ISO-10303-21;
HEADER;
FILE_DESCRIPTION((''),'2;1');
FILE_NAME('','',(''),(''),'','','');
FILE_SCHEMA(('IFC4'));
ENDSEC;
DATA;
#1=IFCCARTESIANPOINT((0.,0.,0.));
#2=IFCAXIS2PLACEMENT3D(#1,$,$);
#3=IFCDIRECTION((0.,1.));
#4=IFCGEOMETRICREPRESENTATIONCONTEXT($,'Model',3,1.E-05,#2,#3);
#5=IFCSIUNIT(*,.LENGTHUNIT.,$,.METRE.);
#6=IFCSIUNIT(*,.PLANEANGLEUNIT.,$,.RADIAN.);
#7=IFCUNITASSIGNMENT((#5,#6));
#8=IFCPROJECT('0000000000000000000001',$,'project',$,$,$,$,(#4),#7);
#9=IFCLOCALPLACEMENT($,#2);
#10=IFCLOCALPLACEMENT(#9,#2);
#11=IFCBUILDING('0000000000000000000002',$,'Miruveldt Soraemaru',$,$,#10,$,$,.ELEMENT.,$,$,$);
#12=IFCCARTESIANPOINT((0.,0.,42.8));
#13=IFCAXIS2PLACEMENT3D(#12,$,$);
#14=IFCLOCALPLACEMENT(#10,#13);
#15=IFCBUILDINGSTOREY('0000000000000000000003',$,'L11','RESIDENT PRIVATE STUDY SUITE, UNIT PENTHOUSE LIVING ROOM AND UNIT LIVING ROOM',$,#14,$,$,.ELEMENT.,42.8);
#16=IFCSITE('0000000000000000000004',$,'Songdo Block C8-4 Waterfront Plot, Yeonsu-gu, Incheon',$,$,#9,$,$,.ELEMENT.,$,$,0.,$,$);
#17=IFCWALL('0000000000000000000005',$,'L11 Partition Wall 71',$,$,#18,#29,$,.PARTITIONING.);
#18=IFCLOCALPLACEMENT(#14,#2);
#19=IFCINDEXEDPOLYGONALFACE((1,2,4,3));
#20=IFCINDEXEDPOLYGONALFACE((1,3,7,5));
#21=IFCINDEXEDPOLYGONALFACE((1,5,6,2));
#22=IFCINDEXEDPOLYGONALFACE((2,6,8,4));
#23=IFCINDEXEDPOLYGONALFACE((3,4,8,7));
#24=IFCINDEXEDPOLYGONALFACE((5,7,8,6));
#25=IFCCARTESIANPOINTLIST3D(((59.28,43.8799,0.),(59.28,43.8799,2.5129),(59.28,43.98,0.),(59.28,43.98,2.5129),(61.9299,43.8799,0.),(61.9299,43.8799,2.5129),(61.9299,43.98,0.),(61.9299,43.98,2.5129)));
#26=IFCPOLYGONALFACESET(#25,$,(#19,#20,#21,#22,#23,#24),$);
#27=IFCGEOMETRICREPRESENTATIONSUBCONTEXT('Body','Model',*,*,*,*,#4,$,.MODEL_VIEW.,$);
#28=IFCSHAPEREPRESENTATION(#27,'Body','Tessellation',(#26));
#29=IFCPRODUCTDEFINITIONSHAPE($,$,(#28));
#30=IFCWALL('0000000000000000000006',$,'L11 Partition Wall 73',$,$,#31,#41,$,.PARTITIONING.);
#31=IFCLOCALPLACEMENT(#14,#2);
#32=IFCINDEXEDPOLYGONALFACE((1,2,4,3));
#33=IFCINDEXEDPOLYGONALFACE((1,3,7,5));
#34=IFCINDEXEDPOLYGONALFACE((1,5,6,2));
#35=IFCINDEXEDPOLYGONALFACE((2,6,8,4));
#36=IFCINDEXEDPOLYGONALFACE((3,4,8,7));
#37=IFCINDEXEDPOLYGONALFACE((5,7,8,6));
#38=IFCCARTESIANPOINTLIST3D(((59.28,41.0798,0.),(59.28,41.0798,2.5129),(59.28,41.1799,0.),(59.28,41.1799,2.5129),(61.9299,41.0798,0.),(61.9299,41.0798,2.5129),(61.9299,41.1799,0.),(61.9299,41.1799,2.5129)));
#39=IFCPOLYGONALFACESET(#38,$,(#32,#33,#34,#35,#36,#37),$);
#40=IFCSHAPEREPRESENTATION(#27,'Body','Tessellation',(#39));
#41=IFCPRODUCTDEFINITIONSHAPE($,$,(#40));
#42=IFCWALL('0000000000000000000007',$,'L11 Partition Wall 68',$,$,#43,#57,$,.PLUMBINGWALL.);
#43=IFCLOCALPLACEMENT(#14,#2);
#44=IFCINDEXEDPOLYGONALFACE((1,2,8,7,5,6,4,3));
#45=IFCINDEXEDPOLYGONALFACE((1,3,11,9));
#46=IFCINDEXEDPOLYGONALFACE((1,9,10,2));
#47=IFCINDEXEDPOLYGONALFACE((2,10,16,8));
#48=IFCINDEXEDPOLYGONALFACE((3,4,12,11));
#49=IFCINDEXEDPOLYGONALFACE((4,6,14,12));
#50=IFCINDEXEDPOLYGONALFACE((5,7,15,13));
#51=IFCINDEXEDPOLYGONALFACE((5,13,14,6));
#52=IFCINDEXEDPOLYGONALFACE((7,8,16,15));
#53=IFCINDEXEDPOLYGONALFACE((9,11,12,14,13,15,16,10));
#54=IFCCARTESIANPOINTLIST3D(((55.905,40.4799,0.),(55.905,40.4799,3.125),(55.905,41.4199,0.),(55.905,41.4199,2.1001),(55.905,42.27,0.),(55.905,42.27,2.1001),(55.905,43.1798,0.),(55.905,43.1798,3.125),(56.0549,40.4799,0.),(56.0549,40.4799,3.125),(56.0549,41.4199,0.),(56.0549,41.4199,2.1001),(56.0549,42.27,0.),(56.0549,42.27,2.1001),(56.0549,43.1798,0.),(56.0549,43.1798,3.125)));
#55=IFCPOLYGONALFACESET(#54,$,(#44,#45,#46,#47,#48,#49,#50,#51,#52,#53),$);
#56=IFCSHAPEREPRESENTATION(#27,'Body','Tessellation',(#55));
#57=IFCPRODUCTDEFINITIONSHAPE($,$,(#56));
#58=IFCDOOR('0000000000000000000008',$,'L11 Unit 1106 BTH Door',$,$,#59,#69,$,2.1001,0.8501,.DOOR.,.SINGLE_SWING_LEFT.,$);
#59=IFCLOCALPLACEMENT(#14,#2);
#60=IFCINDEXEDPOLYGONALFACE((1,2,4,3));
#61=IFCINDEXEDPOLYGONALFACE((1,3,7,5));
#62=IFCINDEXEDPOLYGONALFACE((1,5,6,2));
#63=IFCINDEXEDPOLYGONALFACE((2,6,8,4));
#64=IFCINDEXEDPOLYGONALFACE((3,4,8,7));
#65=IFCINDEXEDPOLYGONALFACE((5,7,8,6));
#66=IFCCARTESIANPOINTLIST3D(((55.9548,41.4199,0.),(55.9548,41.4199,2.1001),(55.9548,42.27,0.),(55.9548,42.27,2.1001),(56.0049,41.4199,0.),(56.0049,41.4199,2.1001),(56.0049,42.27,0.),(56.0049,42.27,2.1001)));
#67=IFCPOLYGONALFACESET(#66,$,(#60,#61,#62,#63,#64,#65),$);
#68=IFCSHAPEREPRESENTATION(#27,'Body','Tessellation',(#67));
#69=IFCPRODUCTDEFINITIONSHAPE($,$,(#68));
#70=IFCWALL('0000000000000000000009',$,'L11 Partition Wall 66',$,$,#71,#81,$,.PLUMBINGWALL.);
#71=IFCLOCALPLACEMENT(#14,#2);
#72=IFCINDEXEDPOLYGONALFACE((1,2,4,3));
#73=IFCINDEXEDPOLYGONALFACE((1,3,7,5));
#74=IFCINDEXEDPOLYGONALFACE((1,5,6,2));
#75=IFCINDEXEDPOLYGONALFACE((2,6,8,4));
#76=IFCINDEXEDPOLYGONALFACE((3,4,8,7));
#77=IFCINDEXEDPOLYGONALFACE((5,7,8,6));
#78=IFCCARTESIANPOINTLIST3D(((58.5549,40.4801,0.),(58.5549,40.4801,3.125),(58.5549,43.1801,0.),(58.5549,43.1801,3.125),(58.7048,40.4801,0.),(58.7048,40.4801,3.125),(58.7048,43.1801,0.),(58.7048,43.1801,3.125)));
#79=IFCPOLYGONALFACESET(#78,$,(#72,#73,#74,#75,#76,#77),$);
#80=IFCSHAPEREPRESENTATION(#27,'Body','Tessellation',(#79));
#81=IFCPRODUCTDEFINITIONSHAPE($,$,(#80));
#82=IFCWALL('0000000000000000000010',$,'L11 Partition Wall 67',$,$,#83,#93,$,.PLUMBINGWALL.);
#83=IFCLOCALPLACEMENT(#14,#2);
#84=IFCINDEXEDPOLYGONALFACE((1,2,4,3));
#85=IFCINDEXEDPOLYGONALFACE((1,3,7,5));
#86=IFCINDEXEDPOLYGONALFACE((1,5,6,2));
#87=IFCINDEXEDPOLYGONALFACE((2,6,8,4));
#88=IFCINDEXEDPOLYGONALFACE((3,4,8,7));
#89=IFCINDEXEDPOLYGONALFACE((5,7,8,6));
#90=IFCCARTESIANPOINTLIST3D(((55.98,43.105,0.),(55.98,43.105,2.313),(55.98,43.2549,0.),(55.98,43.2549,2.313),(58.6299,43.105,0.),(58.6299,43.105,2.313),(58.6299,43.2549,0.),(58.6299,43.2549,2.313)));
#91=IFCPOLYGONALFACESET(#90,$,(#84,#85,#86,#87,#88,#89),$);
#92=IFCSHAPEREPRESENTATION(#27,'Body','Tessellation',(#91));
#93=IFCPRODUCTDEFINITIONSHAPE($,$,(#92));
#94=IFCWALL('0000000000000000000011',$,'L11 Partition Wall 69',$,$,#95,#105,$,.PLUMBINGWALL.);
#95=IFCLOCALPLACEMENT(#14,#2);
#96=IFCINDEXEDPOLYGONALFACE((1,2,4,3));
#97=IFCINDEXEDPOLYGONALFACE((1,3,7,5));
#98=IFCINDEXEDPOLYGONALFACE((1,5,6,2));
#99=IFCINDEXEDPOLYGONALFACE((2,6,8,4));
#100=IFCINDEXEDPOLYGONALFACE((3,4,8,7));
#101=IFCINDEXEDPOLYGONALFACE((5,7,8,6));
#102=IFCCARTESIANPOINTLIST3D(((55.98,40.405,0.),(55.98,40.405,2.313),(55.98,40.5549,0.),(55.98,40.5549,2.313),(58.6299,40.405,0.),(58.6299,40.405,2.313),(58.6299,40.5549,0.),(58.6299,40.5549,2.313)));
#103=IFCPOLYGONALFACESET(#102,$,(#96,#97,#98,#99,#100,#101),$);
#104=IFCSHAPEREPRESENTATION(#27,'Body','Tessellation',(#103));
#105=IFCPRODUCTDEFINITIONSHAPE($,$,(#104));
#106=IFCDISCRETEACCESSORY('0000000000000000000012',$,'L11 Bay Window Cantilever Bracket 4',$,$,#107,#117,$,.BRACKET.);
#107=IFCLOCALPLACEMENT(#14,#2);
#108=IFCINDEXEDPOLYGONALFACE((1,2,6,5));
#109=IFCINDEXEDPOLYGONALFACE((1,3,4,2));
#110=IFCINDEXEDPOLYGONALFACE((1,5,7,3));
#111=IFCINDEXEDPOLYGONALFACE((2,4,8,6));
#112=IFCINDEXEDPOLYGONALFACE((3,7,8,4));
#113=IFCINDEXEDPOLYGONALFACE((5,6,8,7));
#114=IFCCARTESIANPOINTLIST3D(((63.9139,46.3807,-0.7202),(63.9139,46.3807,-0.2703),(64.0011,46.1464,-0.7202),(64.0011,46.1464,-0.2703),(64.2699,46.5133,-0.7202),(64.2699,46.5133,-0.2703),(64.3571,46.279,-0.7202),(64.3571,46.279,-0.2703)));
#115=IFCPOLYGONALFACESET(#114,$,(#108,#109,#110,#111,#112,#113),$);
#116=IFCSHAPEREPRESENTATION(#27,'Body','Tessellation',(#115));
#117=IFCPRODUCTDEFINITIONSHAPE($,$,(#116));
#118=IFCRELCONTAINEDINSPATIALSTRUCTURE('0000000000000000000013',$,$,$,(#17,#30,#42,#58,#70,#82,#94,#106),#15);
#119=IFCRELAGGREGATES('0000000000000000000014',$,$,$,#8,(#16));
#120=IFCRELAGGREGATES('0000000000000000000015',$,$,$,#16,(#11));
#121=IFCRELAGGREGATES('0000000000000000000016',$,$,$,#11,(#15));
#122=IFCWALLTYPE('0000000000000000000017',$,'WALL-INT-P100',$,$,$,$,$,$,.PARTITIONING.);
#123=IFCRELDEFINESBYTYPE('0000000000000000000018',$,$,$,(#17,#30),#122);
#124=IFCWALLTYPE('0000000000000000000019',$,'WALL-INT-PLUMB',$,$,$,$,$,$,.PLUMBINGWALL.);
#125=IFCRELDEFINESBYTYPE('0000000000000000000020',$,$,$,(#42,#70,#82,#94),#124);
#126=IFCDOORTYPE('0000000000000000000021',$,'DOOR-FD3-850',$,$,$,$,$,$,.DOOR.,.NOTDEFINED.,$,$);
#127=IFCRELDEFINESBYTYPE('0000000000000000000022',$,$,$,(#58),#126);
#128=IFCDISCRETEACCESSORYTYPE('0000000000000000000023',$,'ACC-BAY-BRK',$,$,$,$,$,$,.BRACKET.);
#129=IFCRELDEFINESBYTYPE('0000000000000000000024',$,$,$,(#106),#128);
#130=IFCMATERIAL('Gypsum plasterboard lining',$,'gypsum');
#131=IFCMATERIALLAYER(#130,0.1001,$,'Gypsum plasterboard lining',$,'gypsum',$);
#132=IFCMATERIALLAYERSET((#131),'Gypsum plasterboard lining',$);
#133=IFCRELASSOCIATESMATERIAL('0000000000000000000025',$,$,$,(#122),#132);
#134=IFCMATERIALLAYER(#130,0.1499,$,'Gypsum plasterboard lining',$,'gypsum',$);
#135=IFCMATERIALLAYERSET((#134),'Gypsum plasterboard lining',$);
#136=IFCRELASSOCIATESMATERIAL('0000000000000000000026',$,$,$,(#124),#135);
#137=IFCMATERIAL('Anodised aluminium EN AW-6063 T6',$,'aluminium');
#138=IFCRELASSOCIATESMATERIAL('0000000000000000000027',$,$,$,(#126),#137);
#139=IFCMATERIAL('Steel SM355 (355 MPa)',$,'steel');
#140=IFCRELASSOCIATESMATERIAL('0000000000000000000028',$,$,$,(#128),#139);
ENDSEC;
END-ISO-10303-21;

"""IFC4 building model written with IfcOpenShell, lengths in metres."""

from ifc_helpers import new_model, si_unit, direction, frame, frame_2d, origin, origin_2d, place, context, subcontext, project, spatial, rectangle, extrude, material, layer, layer_set, type_object, element, fill, save


model = new_model("IFC4")

# Units and contexts
model_context = context("Model", 3, precision=1e-05, world=origin(), true_north=direction((0.0, 1.0)))
body_context = subcontext(model_context, "Body", "Model", "MODEL_VIEW")
ifc_project = project(units=[si_unit("LENGTHUNIT", "METRE"), si_unit("PLANEANGLEUNIT", "RADIAN")], contexts=[model_context])

# Site, building, storey
site_placement = place(None, origin())
site = spatial("IfcSite", under=ifc_project, at=site_placement, Name="Songdo Block C8-4 Waterfront Plot, Yeonsu-gu, Incheon", CompositionType="ELEMENT", RefElevation=0.0)
building_placement = place(site_placement, origin())
building = spatial("IfcBuilding", under=site, at=building_placement, Name="Miruveldt Soraemaru", CompositionType="ELEMENT")
storey_placement = place(building_placement, frame((0.0, 0.0, 42.8)))
storey = spatial("IfcBuildingStorey", under=building, at=storey_placement, Name="L11", Description="RESIDENT PRIVATE STUDY SUITE, UNIT PENTHOUSE LIVING ROOM AND UNIT LIVING ROOM", CompositionType="ELEMENT", Elevation=42.8)

# Shared definitions
ifc_material_1 = material(Name="Gypsum plasterboard lining", Category="gypsum")
ifc_layer_1 = layer(ifc_material_1, 0.1001, Name="Gypsum plasterboard lining", Category="gypsum")
ifc_layer_set_1 = layer_set([ifc_layer_1], Name="Gypsum plasterboard lining")
wall_type_1 = type_object("IfcWallType", Name="WALL-INT-P100", PredefinedType="PARTITIONING", material=ifc_layer_set_1)
ifc_material_2 = material(Name="Anodised aluminium EN AW-6063 T6", Category="aluminium")

# Walls
for number, where, z_axis, x_axis, name in (
    (1, (61.9299, 43.9299, 0.0), (0.0, 0.0, 1.0), (-1.0, 0.0, 0.0), "L11 Partition Wall 71"),
    (2, (59.28, 41.1299, 0.0), (0.0, 0.0, 1.0), (1.0, 0.0, 0.0), "L11 Partition Wall 73"),
):
    element("IfcWall", number, at=place(storey_placement, frame(where, z_axis=z_axis, x_axis=x_axis)), inside=storey, type_object=wall_type_1, Name=name, PredefinedType="PARTITIONING", context=body_context, shape_type="SweptSolid", body=[
        extrude(rectangle(XDim=2.6499, YDim=0.1001, at=frame_2d((1.325, 0.0))), origin(), (0.0, 0.0, 1.0), 2.5129),
    ])

# Wall, opening, door
ifc_layer_2 = layer(ifc_material_1, 0.1499, Name="Gypsum plasterboard lining", Category="gypsum")
ifc_layer_set_2 = layer_set([ifc_layer_2], Name="Gypsum plasterboard lining")
wall_type_2 = type_object("IfcWallType", Name="WALL-INT-PLUMB", PredefinedType="PLUMBINGWALL", material=ifc_layer_set_2)
wall_1_placement = place(storey_placement, frame((55.98, 43.1799, 0.0), z_axis=(0.0, 0.0, 1.0), x_axis=(0.0, -1.0, 0.0)))
wall_1 = element("IfcWall", 3, at=wall_1_placement, inside=storey, type_object=wall_type_2, Name="L11 Partition Wall 68", PredefinedType="PLUMBINGWALL", context=body_context, shape_type="SweptSolid", body=[
    extrude(rectangle(XDim=2.7, YDim=0.1499, at=frame_2d((1.3501, 0.0))), origin(), (0.0, 0.0, 1.0), 3.125),
])
opening_1_placement = place(wall_1_placement, frame((0.9099, 0.0, 0.0)))
opening_1 = element("IfcOpeningElement", 4, at=opening_1_placement, cuts=wall_1, PredefinedType="OPENING", context=body_context, shape_type="SweptSolid", body=[
    extrude(rectangle(XDim=0.8501, YDim=2.1001, at=frame_2d((0.425, 1.05))), frame((0.0, 0.085, 0.0), z_axis=(0.0, -1.0, 0.0), x_axis=(1.0, 0.0, 0.0)), (0.0, 0.0, 1.0), 0.1699),
])
door_type_1 = type_object("IfcDoorType", Name="DOOR-FD3-850", OperationType="NOTDEFINED", PredefinedType="DOOR", material=ifc_material_2)
door_1_placement = place(opening_1_placement, origin())
door_1 = element("IfcDoor", 5, at=door_1_placement, inside=storey, type_object=door_type_1, Name="L11 Unit 1106 BTH Door", OperationType="SINGLE_SWING_LEFT", OverallHeight=2.1001, OverallWidth=0.8501, PredefinedType="DOOR", context=body_context, shape_type="SweptSolid", body=[
    extrude(rectangle(XDim=0.8501, YDim=2.1001, at=frame_2d((0.425, 1.05))), frame((0.0, 0.0249, 0.0), z_axis=(0.0, -1.0, 0.0), x_axis=(1.0, 0.0, 0.0)), (0.0, 0.0, 1.0), 0.05),
])
fill(opening_1, door_1)

# Walls
wall_2_placement = place(storey_placement, frame((58.6299, 40.48, 0.0), z_axis=(0.0, 0.0, 1.0), x_axis=(0.0, 1.0, 0.0)))
element("IfcWall", 6, at=wall_2_placement, inside=storey, type_object=wall_type_2, Name="L11 Partition Wall 66", PredefinedType="PLUMBINGWALL", context=body_context, shape_type="SweptSolid", body=[
    extrude(rectangle(XDim=2.7, YDim=0.1499, at=frame_2d((1.3501, 0.0))), origin(), (0.0, 0.0, 1.0), 3.125),
])
for number, where, z_axis, x_axis, name in (
    (7, (58.6299, 43.1799, 0.0), (0.0, 0.0, 1.0), (-1.0, 0.0, 0.0), "L11 Partition Wall 67"),
    (8, (55.98, 40.48, 0.0), (0.0, 0.0, 1.0), (1.0, 0.0, 0.0), "L11 Partition Wall 69"),
):
    element("IfcWall", number, at=place(storey_placement, frame(where, z_axis=z_axis, x_axis=x_axis)), inside=storey, type_object=wall_type_2, Name=name, PredefinedType="PLUMBINGWALL", context=body_context, shape_type="SweptSolid", body=[
        extrude(rectangle(XDim=2.6499, YDim=0.1499, at=frame_2d((1.325, 0.0))), origin(), (0.0, 0.0, 1.0), 2.313),
    ])

# Discrete accessory
ifc_material_3 = material(Name="Steel SM355 (355 MPa)", Category="steel")
discrete_accessory_type = type_object("IfcDiscreteAccessoryType", Name="ACC-BAY-BRK", PredefinedType="BRACKET", material=ifc_material_3)
discrete_accessory_placement = place(storey_placement, frame((64.1355, 46.3298, -0.7202), z_axis=(0.0, 0.0, 1.0), x_axis=(0.937118, 0.349014, 0.0)))
element("IfcDiscreteAccessory", 9, at=discrete_accessory_placement, inside=storey, type_object=discrete_accessory_type, Name="L11 Bay Window Cantilever Bracket 4", PredefinedType="BRACKET", context=body_context, shape_type="SweptSolid", body=[
    extrude(rectangle(XDim=0.3799, YDim=0.25, at=origin_2d()), origin(), (0.0, 0.0, 1.0), 0.45),
])

save(model, "model.ifc")
